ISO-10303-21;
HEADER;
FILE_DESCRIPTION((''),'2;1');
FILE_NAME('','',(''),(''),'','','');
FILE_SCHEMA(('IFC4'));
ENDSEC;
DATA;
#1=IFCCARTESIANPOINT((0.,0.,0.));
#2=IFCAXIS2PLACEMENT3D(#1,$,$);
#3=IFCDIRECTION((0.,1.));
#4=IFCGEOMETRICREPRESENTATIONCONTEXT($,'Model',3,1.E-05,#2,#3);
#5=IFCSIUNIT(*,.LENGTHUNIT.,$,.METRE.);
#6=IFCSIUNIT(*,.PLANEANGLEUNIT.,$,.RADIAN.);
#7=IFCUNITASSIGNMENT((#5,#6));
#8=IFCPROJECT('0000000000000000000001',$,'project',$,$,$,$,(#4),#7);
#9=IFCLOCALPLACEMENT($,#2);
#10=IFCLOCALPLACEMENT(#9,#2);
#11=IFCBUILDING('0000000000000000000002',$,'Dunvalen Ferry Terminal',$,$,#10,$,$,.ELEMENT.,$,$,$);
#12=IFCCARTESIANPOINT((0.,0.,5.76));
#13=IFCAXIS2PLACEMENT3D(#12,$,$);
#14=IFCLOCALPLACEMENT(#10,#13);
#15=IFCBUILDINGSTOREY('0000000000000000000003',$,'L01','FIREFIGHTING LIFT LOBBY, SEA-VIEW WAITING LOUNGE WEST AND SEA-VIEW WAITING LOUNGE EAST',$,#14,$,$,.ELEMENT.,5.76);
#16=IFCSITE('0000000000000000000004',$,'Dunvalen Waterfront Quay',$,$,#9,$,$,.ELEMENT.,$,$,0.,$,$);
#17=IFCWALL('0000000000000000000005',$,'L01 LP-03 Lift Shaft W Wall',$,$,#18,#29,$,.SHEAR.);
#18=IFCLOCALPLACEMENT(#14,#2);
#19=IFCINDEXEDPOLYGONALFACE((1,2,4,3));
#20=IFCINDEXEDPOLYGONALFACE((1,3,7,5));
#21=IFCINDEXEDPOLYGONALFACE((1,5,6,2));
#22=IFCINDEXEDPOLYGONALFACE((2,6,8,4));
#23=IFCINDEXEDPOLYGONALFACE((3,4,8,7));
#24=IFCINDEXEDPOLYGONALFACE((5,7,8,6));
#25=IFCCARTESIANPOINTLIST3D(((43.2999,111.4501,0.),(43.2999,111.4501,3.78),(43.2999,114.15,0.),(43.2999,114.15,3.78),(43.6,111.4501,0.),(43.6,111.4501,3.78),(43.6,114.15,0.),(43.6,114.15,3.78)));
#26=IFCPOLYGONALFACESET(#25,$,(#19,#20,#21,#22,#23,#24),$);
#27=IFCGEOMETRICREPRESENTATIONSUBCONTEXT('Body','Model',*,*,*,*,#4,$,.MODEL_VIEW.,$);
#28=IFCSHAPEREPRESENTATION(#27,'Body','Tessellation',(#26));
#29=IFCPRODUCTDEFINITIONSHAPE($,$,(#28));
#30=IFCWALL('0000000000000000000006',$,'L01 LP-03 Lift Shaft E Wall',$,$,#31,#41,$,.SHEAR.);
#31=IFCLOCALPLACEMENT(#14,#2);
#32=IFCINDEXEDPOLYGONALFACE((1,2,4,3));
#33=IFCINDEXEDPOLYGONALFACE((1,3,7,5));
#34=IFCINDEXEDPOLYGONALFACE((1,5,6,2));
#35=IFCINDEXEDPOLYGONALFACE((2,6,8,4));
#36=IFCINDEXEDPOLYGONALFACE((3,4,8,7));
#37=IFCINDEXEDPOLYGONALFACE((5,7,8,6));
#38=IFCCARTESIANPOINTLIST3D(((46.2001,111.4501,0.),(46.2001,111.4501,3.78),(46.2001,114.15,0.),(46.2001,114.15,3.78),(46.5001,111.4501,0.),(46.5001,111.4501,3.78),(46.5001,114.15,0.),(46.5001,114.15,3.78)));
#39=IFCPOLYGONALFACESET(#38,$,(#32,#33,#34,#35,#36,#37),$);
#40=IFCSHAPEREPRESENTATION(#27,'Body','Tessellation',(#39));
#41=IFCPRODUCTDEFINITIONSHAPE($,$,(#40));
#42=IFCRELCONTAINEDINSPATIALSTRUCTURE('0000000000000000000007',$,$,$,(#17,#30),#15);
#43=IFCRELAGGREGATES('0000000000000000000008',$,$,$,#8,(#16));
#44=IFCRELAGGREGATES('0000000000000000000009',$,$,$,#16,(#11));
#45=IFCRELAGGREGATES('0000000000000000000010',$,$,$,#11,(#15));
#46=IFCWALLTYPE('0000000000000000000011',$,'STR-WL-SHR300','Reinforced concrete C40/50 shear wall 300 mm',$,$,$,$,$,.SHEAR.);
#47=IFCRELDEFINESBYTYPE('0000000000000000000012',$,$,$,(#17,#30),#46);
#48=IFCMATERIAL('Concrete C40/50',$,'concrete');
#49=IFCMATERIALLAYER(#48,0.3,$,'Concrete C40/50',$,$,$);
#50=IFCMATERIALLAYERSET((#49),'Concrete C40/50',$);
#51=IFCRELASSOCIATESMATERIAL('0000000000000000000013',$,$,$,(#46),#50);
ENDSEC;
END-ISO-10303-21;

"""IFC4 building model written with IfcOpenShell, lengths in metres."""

from ifc_helpers import new_model, si_unit, direction, frame, frame_2d, origin, place, context, subcontext, project, spatial, rectangle, extrude, material, layer, layer_set, type_object, element, save


model = new_model("IFC4")

# Units and contexts
model_context = context("Model", 3, precision=1e-05, world=origin(), true_north=direction((0.0, 1.0)))
body_context = subcontext(model_context, "Body", "Model", "MODEL_VIEW")
ifc_project = project(units=[si_unit("LENGTHUNIT", "METRE"), si_unit("PLANEANGLEUNIT", "RADIAN")], contexts=[model_context])

# Site, building, storey
site_placement = place(None, origin())
site = spatial("IfcSite", under=ifc_project, at=site_placement, Name="Dunvalen Waterfront Quay", CompositionType="ELEMENT", RefElevation=0.0)
building_placement = place(site_placement, origin())
building = spatial("IfcBuilding", under=site, at=building_placement, Name="Dunvalen Ferry Terminal", CompositionType="ELEMENT")
storey_placement = place(building_placement, frame((0.0, 0.0, 5.76)))
storey = spatial("IfcBuildingStorey", under=building, at=storey_placement, Name="L01", Description="FIREFIGHTING LIFT LOBBY, SEA-VIEW WAITING LOUNGE WEST AND SEA-VIEW WAITING LOUNGE EAST", CompositionType="ELEMENT", Elevation=5.76)

# Shared definitions
ifc_material_1 = material(Name="Concrete C40/50", Category="concrete")
ifc_layer_1 = layer(ifc_material_1, 0.3, Name="Concrete C40/50")
ifc_layer_set_1 = layer_set([ifc_layer_1], Name="Concrete C40/50")
wall_type_1 = type_object("IfcWallType", Name="STR-WL-SHR300", Description="Reinforced concrete C40/50 shear wall 300 mm", PredefinedType="SHEAR", material=ifc_layer_set_1)

# Walls
for number, where, z_axis, x_axis, name in (
    (1, (43.45, 111.45, 0.0), (0.0, 0.0, 1.0), (0.0, 1.0, 0.0), "L01 LP-03 Lift Shaft W Wall"),
    (2, (46.3501, 111.45, 0.0), (0.0, 0.0, 1.0), (0.0, 1.0, 0.0), "L01 LP-03 Lift Shaft E Wall"),
):
    element("IfcWall", number, at=place(storey_placement, frame(where, z_axis=z_axis, x_axis=x_axis)), inside=storey, type_object=wall_type_1, Name=name, PredefinedType="SHEAR", context=body_context, shape_type="SweptSolid", body=[
        extrude(rectangle(XDim=2.7, YDim=0.3, at=frame_2d((1.3501, 0.0))), origin(), (0.0, 0.0, 1.0), 3.78),
    ])

save(model, "model.ifc")
